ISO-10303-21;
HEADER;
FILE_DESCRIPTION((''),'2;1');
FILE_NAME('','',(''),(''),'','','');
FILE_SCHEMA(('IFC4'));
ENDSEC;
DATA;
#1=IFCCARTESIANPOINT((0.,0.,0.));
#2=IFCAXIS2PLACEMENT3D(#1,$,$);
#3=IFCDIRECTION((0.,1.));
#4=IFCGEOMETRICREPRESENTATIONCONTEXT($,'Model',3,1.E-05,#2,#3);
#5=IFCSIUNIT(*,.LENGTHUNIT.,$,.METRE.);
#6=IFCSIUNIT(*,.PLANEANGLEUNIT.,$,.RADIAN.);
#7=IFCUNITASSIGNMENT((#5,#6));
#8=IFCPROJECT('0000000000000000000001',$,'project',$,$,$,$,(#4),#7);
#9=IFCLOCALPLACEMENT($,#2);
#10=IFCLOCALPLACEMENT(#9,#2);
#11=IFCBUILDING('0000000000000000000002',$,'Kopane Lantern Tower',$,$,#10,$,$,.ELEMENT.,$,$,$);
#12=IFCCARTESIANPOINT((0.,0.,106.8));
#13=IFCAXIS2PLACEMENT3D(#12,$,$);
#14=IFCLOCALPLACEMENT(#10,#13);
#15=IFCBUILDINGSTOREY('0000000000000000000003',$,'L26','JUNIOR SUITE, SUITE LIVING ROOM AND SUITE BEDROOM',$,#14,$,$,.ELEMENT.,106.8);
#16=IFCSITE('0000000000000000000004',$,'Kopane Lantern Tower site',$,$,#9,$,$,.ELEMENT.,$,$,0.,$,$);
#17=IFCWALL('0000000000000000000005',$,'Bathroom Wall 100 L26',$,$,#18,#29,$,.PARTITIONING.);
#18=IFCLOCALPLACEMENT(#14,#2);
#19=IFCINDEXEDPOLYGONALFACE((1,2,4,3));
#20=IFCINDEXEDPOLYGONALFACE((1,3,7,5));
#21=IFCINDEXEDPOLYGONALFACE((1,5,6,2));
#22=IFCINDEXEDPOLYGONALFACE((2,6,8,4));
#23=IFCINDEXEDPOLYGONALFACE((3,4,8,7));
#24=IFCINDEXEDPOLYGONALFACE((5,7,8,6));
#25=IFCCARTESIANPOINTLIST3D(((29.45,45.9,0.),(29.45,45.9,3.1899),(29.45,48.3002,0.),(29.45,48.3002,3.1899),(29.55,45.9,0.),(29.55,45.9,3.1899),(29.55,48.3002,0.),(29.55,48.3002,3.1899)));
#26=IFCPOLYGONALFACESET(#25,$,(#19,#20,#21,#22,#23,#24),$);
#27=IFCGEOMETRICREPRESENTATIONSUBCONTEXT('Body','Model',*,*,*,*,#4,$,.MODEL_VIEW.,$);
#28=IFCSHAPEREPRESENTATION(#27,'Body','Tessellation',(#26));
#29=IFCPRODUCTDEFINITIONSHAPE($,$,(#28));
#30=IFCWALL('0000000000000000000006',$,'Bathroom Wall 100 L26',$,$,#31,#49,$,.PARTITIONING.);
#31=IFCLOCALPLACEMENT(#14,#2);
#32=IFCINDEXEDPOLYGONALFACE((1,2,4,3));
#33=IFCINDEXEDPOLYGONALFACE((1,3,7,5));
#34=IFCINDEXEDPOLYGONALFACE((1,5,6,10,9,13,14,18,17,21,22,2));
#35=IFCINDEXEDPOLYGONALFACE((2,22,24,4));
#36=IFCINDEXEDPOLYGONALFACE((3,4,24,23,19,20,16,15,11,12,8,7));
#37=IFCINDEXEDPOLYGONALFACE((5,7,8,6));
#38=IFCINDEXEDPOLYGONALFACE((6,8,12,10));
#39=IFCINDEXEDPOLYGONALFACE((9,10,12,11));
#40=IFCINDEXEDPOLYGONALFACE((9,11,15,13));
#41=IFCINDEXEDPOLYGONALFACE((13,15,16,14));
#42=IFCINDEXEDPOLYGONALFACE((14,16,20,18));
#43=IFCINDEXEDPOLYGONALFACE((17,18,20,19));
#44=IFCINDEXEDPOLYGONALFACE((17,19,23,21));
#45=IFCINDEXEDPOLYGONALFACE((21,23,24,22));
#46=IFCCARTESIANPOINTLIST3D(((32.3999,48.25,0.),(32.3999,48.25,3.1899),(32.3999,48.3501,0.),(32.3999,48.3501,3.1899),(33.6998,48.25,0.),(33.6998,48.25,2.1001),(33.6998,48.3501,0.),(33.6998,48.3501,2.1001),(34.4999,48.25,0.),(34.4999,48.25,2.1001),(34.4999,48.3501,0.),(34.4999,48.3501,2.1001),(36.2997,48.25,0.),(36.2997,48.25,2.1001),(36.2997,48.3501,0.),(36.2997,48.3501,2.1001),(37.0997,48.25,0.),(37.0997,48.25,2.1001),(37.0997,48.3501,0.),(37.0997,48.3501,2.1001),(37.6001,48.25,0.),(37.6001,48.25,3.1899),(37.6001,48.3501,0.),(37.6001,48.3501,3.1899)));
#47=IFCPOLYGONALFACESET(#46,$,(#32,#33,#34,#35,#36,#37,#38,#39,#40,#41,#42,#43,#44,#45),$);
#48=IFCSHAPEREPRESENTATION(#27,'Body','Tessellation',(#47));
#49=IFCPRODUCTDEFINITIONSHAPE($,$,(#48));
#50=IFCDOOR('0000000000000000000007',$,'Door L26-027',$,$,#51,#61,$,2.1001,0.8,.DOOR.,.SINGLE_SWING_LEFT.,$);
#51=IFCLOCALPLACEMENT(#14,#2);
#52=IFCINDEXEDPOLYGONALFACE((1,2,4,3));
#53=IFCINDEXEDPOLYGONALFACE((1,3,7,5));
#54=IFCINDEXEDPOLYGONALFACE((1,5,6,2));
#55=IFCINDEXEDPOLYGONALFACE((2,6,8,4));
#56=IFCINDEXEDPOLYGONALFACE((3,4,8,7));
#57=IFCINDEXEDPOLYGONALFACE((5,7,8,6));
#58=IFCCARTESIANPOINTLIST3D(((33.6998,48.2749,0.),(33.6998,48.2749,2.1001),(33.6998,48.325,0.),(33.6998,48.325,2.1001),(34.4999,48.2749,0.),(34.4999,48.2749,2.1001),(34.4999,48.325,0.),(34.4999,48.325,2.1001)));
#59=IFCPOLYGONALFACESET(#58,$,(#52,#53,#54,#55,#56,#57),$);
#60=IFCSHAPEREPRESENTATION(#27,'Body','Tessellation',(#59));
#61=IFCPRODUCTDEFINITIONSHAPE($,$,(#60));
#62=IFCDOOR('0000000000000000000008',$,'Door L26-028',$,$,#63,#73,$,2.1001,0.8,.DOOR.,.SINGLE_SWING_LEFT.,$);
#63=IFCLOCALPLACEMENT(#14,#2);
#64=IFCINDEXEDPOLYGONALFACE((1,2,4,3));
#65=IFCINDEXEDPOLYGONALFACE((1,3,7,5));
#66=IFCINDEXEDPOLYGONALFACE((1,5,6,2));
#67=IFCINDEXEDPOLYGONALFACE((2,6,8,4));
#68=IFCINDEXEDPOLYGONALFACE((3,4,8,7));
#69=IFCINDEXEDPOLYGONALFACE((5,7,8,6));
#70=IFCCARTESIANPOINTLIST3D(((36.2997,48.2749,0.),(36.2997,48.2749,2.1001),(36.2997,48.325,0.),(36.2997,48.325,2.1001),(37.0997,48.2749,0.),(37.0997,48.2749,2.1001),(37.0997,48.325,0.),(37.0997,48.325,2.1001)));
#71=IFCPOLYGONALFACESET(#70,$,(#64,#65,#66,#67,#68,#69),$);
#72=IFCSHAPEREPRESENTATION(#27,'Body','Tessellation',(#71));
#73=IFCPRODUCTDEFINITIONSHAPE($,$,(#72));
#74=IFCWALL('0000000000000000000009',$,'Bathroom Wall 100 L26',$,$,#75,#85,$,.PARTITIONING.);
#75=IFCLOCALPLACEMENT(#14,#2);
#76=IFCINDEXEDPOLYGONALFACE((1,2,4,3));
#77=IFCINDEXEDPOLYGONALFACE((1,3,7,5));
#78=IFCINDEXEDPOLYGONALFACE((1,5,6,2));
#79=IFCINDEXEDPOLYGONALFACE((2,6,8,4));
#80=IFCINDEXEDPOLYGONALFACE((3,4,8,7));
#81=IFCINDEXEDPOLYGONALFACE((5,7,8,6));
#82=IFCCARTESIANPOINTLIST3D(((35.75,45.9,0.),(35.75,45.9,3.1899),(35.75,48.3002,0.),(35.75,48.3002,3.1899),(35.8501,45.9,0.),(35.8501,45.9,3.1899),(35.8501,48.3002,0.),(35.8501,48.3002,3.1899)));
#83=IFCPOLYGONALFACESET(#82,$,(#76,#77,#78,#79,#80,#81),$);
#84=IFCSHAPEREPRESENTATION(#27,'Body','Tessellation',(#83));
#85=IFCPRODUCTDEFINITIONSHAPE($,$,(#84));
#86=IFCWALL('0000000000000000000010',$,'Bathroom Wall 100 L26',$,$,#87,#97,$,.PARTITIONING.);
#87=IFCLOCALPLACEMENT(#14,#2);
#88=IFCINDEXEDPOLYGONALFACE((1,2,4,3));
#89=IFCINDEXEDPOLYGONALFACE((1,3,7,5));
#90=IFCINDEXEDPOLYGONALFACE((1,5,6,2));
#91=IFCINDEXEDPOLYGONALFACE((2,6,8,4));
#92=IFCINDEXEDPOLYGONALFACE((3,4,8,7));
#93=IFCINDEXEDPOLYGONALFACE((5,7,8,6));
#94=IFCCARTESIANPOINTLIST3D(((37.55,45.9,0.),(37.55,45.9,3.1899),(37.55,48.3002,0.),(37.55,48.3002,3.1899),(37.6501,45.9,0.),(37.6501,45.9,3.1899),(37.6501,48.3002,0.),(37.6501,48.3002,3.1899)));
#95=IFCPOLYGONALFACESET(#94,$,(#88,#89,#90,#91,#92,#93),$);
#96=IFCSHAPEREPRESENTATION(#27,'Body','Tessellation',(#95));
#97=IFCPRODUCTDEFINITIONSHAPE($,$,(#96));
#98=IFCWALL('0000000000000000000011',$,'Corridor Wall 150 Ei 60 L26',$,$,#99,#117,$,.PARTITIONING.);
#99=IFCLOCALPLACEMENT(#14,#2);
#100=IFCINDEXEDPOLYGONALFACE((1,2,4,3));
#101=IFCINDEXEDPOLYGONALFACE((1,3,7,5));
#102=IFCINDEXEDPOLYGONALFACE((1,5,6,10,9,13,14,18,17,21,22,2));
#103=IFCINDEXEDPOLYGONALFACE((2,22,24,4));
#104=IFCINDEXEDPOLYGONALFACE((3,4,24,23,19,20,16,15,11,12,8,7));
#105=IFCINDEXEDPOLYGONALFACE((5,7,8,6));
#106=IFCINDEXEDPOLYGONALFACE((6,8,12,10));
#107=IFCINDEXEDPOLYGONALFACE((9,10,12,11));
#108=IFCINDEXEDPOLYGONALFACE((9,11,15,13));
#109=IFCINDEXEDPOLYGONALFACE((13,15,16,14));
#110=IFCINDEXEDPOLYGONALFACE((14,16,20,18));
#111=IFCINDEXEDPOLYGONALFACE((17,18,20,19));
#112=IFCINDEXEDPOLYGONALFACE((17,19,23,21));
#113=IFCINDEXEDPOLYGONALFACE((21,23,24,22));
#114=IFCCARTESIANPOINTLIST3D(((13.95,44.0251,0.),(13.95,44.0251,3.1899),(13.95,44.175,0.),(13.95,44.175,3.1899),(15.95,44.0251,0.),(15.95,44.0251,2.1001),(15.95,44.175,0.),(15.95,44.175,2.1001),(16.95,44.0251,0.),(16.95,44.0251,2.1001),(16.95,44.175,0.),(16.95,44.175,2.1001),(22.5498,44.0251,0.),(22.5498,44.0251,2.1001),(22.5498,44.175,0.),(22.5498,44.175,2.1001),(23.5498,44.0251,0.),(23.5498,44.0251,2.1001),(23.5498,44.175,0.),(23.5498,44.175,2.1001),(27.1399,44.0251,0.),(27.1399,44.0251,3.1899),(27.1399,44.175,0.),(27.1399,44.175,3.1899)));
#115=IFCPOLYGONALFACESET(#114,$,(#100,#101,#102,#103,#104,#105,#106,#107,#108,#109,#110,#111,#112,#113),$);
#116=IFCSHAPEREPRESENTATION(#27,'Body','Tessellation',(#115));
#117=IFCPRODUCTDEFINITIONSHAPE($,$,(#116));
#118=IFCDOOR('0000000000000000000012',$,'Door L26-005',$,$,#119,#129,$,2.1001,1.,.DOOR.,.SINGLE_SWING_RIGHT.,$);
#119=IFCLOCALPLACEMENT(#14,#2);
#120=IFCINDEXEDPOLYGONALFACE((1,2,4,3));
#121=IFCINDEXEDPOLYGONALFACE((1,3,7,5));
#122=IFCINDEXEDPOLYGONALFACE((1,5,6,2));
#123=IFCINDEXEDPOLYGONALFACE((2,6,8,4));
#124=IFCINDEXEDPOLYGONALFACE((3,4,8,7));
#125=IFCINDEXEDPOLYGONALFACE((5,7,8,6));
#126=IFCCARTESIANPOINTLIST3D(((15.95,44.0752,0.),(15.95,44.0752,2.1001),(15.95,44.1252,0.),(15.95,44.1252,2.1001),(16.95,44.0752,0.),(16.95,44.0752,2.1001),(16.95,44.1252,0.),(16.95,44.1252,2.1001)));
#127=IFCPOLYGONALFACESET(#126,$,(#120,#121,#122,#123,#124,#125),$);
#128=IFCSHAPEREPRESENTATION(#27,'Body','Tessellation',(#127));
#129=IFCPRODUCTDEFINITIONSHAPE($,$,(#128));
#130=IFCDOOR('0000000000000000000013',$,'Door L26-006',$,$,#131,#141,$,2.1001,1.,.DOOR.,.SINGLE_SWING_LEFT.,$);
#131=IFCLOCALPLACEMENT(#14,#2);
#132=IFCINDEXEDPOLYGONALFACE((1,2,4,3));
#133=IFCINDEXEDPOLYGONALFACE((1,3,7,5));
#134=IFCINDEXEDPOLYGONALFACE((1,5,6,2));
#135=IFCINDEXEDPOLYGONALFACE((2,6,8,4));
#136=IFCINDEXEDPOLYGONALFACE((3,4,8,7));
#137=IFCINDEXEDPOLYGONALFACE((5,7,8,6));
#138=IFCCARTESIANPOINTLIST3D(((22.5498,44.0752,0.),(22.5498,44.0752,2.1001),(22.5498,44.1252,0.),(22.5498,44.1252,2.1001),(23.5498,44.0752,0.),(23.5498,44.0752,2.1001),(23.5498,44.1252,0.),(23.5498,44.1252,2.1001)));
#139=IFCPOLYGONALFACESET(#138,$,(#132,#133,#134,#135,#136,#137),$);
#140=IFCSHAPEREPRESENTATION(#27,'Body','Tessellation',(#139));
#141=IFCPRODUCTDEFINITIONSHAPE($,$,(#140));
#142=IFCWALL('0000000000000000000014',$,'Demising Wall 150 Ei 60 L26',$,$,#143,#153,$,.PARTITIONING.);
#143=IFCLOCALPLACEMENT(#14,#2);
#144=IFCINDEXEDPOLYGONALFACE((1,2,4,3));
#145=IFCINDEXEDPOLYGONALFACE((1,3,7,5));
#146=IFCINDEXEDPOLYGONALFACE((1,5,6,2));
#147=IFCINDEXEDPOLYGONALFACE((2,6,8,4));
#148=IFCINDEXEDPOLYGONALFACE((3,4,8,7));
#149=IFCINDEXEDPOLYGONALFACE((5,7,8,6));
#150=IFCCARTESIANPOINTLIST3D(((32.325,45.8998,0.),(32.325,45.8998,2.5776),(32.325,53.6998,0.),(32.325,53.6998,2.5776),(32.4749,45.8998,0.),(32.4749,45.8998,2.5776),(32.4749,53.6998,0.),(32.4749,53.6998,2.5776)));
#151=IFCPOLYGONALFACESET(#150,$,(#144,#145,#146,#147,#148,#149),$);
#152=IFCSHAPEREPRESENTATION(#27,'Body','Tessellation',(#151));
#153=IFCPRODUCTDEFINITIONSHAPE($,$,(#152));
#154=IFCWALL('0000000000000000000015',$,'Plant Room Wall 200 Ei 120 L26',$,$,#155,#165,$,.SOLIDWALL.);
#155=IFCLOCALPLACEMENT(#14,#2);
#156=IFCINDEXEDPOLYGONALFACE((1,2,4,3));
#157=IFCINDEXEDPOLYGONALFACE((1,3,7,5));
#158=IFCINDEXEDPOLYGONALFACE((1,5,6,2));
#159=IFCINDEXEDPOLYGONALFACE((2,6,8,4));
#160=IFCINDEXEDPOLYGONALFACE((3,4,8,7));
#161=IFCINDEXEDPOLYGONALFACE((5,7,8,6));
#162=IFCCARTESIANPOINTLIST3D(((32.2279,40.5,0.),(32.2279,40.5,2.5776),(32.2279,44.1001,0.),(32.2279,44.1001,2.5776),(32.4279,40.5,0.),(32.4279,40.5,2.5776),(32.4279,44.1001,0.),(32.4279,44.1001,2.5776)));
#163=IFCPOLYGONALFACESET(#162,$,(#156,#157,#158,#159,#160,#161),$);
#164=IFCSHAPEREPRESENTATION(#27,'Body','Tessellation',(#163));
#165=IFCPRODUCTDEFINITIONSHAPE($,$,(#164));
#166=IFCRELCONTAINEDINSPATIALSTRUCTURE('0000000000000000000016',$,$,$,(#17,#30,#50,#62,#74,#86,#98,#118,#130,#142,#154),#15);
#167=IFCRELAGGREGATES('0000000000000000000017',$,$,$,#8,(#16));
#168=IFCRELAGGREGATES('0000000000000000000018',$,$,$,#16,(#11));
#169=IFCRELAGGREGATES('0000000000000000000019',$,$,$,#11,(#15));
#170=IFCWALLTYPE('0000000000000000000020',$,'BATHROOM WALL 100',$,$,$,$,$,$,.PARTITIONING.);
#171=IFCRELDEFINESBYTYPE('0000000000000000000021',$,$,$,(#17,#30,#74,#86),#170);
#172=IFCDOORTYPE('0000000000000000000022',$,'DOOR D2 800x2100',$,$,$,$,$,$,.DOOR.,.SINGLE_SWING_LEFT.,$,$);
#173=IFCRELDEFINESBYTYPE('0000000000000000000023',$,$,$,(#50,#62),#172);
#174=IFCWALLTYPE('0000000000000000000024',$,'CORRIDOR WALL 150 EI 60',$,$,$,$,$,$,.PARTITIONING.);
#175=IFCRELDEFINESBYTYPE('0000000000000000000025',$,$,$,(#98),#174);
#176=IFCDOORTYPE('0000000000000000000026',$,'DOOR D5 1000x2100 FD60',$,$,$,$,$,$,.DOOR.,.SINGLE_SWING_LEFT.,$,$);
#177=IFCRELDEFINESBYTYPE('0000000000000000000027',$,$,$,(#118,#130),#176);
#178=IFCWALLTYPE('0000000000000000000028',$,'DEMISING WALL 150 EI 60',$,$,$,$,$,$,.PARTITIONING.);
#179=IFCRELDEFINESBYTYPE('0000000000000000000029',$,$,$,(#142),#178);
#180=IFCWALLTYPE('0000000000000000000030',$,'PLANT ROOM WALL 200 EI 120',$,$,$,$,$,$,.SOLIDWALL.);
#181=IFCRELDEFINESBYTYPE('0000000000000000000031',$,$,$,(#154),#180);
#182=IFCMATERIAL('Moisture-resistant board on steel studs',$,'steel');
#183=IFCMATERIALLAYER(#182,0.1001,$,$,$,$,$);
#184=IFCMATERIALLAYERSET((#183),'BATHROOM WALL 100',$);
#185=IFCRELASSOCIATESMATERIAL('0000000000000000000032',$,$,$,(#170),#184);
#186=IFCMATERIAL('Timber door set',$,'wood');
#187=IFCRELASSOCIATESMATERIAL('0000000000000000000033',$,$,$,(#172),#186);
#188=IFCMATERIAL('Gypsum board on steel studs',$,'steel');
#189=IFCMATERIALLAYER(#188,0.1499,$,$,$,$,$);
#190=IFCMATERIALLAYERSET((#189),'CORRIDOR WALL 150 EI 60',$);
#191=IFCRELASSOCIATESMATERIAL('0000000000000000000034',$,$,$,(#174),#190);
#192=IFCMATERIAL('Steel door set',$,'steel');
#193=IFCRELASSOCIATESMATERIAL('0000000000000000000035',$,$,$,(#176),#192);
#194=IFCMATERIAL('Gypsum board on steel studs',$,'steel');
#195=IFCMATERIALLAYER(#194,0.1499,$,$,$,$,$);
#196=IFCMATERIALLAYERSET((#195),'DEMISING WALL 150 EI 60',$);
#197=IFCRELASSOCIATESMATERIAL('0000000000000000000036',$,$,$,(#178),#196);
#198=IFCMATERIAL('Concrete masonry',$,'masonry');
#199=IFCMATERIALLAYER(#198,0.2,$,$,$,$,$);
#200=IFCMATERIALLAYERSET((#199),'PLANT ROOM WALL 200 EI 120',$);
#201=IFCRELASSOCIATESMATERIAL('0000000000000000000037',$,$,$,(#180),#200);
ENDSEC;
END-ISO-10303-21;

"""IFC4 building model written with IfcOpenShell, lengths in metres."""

from ifc_helpers import new_model, si_unit, direction, frame, frame_2d, origin, place, context, subcontext, project, spatial, rectangle, extrude, material, layer, layer_set, type_object, element, fill, save


model = new_model("IFC4")

# Units and contexts
model_context = context("Model", 3, precision=1e-05, world=origin(), true_north=direction((0.0, 1.0)))
body_context = subcontext(model_context, "Body", "Model", "MODEL_VIEW")
ifc_project = project(units=[si_unit("LENGTHUNIT", "METRE"), si_unit("PLANEANGLEUNIT", "RADIAN")], contexts=[model_context])

# Site, building, storey
site_placement = place(None, origin())
site = spatial("IfcSite", under=ifc_project, at=site_placement, Name="Kopane Lantern Tower site", CompositionType="ELEMENT", RefElevation=0.0)
building_placement = place(site_placement, origin())
building = spatial("IfcBuilding", under=site, at=building_placement, Name="Kopane Lantern Tower", CompositionType="ELEMENT")
storey_placement = place(building_placement, frame((0.0, 0.0, 106.8)))
storey = spatial("IfcBuildingStorey", under=building, at=storey_placement, Name="L26", Description="JUNIOR SUITE, SUITE LIVING ROOM AND SUITE BEDROOM", CompositionType="ELEMENT", Elevation=106.8)

# Wall
ifc_material_1 = material(Name="Moisture-resistant board on steel studs", Category="steel")
ifc_layer_1 = layer(ifc_material_1, 0.1001)
ifc_layer_set_1 = layer_set([ifc_layer_1], Name="BATHROOM WALL 100")
wall_type_1 = type_object("IfcWallType", Name="BATHROOM WALL 100", PredefinedType="PARTITIONING", material=ifc_layer_set_1)
for number, where, z_axis, x_axis, name in (
    (1, (29.5, 45.8999, 0.0), (0.0, 0.0, 1.0), (0.0, 1.0, 0.0), "Bathroom Wall 100 L26"),
):
    element("IfcWall", number, at=place(storey_placement, frame(where, z_axis=z_axis, x_axis=x_axis)), inside=storey, type_object=wall_type_1, Name=name, PredefinedType="PARTITIONING", context=body_context, shape_type="SweptSolid", body=[
        extrude(rectangle(XDim=2.4001, YDim=0.1001, at=frame_2d((1.2002, 0.0))), origin(), (0.0, 0.0, 1.0), 3.1899),
    ])

# Wall, openings, doors
wall_1_placement = place(storey_placement, frame((32.3999, 48.3, 0.0), z_axis=(0.0, 0.0, 1.0), x_axis=(1.0, 0.0, 0.0)))
wall_1 = element("IfcWall", 2, at=wall_1_placement, inside=storey, type_object=wall_type_1, Name="Bathroom Wall 100 L26", PredefinedType="PARTITIONING", context=body_context, shape_type="SweptSolid", body=[
    extrude(rectangle(XDim=5.2002, YDim=0.1001, at=frame_2d((2.6001, 0.0))), origin(), (0.0, 0.0, 1.0), 3.1899),
])
opening_1_placement = place(wall_1_placement, frame((1.3, 0.0, 0.0)))
opening_1 = element("IfcOpeningElement", 3, at=opening_1_placement, cuts=wall_1, PredefinedType="OPENING", context=body_context, shape_type="SweptSolid", body=[
    extrude(rectangle(XDim=0.8, YDim=2.1001, at=frame_2d((0.3999, 1.05))), frame((0.0, 0.0601, 0.0), z_axis=(0.0, -1.0, 0.0), x_axis=(1.0, 0.0, 0.0)), (0.0, 0.0, 1.0), 0.1201),
])
opening_2_placement = place(wall_1_placement, frame((3.8999, 0.0, 0.0)))
opening_2 = element("IfcOpeningElement", 4, at=opening_2_placement, cuts=wall_1, PredefinedType="OPENING", context=body_context, shape_type="SweptSolid", body=[
    extrude(rectangle(XDim=0.8, YDim=2.1001, at=frame_2d((0.3999, 1.05))), frame((0.0, 0.0601, 0.0), z_axis=(0.0, -1.0, 0.0), x_axis=(1.0, 0.0, 0.0)), (0.0, 0.0, 1.0), 0.1201),
])
ifc_material_2 = material(Name="Timber door set", Category="wood")
door_type_1 = type_object("IfcDoorType", Name="DOOR D2 800x2100", OperationType="SINGLE_SWING_LEFT", PredefinedType="DOOR", material=ifc_material_2)
door_1_placement = place(opening_1_placement, origin())
door_1 = element("IfcDoor", 5, at=door_1_placement, inside=storey, type_object=door_type_1, Name="Door L26-027", OperationType="SINGLE_SWING_LEFT", OverallHeight=2.1001, OverallWidth=0.8, PredefinedType="DOOR", context=body_context, shape_type="SweptSolid", body=[
    extrude(rectangle(XDim=0.8, YDim=2.1001, at=frame_2d((0.3999, 1.05))), frame((0.0, 0.0249, 0.0), z_axis=(0.0, -1.0, 0.0), x_axis=(1.0, 0.0, 0.0)), (0.0, 0.0, 1.0), 0.05),
])
fill(opening_1, door_1)
door_2_placement = place(opening_2_placement, origin())
door_2 = element("IfcDoor", 6, at=door_2_placement, inside=storey, type_object=door_type_1, Name="Door L26-028", OperationType="SINGLE_SWING_LEFT", OverallHeight=2.1001, OverallWidth=0.8, PredefinedType="DOOR", context=body_context, shape_type="SweptSolid", body=[
    extrude(rectangle(XDim=0.8, YDim=2.1001, at=frame_2d((0.3999, 1.05))), frame((0.0, 0.0249, 0.0), z_axis=(0.0, -1.0, 0.0), x_axis=(1.0, 0.0, 0.0)), (0.0, 0.0, 1.0), 0.05),
])
fill(opening_2, door_2)

# Walls
for number, where, z_axis, x_axis, name in (
    (7, (35.8, 45.8999, 0.0), (0.0, 0.0, 1.0), (0.0, 1.0, 0.0), "Bathroom Wall 100 L26"),
    (8, (37.6001, 45.8999, 0.0), (0.0, 0.0, 1.0), (0.0, 1.0, 0.0), "Bathroom Wall 100 L26"),
):
    element("IfcWall", number, at=place(storey_placement, frame(where, z_axis=z_axis, x_axis=x_axis)), inside=storey, type_object=wall_type_1, Name=name, PredefinedType="PARTITIONING", context=body_context, shape_type="SweptSolid", body=[
        extrude(rectangle(XDim=2.4001, YDim=0.1001, at=frame_2d((1.2002, 0.0))), origin(), (0.0, 0.0, 1.0), 3.1899),
    ])

# Wall, openings, doors
ifc_material_3 = material(Name="Gypsum board on steel studs", Category="steel")
ifc_layer_2 = layer(ifc_material_3, 0.1499)
ifc_layer_set_2 = layer_set([ifc_layer_2], Name="CORRIDOR WALL 150 EI 60")
wall_type_2 = type_object("IfcWallType", Name="CORRIDOR WALL 150 EI 60", PredefinedType="PARTITIONING", material=ifc_layer_set_2)
wall_2_placement = place(storey_placement, frame((27.1399, 44.1001, 0.0), z_axis=(0.0, 0.0, 1.0), x_axis=(-1.0, 0.0, 0.0)))
wall_2 = element("IfcWall", 9, at=wall_2_placement, inside=storey, type_object=wall_type_2, Name="Corridor Wall 150 Ei 60 L26", PredefinedType="PARTITIONING", context=body_context, shape_type="SweptSolid", body=[
    extrude(rectangle(XDim=13.1899, YDim=0.1499, at=frame_2d((6.595, 0.0))), origin(), (0.0, 0.0, 1.0), 3.1899),
])
opening_3_placement = place(wall_2_placement, frame((10.1899, 0.0, 0.0)))
opening_3 = element("IfcOpeningElement", 10, at=opening_3_placement, cuts=wall_2, PredefinedType="OPENING", context=body_context, shape_type="SweptSolid", body=[
    extrude(rectangle(XDim=1.0, YDim=2.1001, at=frame_2d((0.5, 1.05))), frame((0.0, 0.085, 0.0), z_axis=(0.0, -1.0, 0.0), x_axis=(1.0, 0.0, 0.0)), (0.0, 0.0, 1.0), 0.1699),
])
opening_4_placement = place(wall_2_placement, frame((3.5901, 0.0, 0.0)))
opening_4 = element("IfcOpeningElement", 11, at=opening_4_placement, cuts=wall_2, PredefinedType="OPENING", context=body_context, shape_type="SweptSolid", body=[
    extrude(rectangle(XDim=1.0, YDim=2.1001, at=frame_2d((0.5, 1.05))), frame((0.0, 0.085, 0.0), z_axis=(0.0, -1.0, 0.0), x_axis=(1.0, 0.0, 0.0)), (0.0, 0.0, 1.0), 0.1699),
])
ifc_material_4 = material(Name="Steel door set", Category="steel")
door_type_2 = type_object("IfcDoorType", Name="DOOR D5 1000x2100 FD60", OperationType="SINGLE_SWING_LEFT", PredefinedType="DOOR", material=ifc_material_4)
door_3_placement = place(opening_3_placement, origin())
door_3 = element("IfcDoor", 12, at=door_3_placement, inside=storey, type_object=door_type_2, Name="Door L26-005", OperationType="SINGLE_SWING_RIGHT", OverallHeight=2.1001, OverallWidth=1.0, PredefinedType="DOOR", context=body_context, shape_type="SweptSolid", body=[
    extrude(rectangle(XDim=1.0, YDim=2.1001, at=frame_2d((0.5, 1.05))), frame((0.0, 0.0249, 0.0), z_axis=(0.0, -1.0, 0.0), x_axis=(1.0, 0.0, 0.0)), (0.0, 0.0, 1.0), 0.05),
])
fill(opening_3, door_3)
door_4_placement = place(opening_4_placement, origin())
door_4 = element("IfcDoor", 13, at=door_4_placement, inside=storey, type_object=door_type_2, Name="Door L26-006", OperationType="SINGLE_SWING_LEFT", OverallHeight=2.1001, OverallWidth=1.0, PredefinedType="DOOR", context=body_context, shape_type="SweptSolid", body=[
    extrude(rectangle(XDim=1.0, YDim=2.1001, at=frame_2d((0.5, 1.05))), frame((0.0, 0.0249, 0.0), z_axis=(0.0, -1.0, 0.0), x_axis=(1.0, 0.0, 0.0)), (0.0, 0.0, 1.0), 0.05),
])
fill(opening_4, door_4)

# Walls
ifc_material_5 = material(Name="Gypsum board on steel studs", Category="steel")
ifc_layer_3 = layer(ifc_material_5, 0.1499)
ifc_layer_set_3 = layer_set([ifc_layer_3], Name="DEMISING WALL 150 EI 60")
wall_type_3 = type_object("IfcWallType", Name="DEMISING WALL 150 EI 60", PredefinedType="PARTITIONING", material=ifc_layer_set_3)
wall_3_placement = place(storey_placement, frame((32.3999, 45.8999, 0.0), z_axis=(0.0, 0.0, 1.0), x_axis=(0.0, 1.0, 0.0)))
element("IfcWall", 14, at=wall_3_placement, inside=storey, type_object=wall_type_3, Name="Demising Wall 150 Ei 60 L26", PredefinedType="PARTITIONING", context=body_context, shape_type="SweptSolid", body=[
    extrude(rectangle(XDim=7.8, YDim=0.1499, at=frame_2d((3.8999, 0.0))), origin(), (0.0, 0.0, 1.0), 2.5776),
])
ifc_material_6 = material(Name="Concrete masonry", Category="masonry")
ifc_layer_4 = layer(ifc_material_6, 0.2)
ifc_layer_set_4 = layer_set([ifc_layer_4], Name="PLANT ROOM WALL 200 EI 120")
wall_type_4 = type_object("IfcWallType", Name="PLANT ROOM WALL 200 EI 120", PredefinedType="SOLIDWALL", material=ifc_layer_set_4)
wall_4_placement = place(storey_placement, frame((32.3279, 44.1001, 0.0), z_axis=(0.0, 0.0, 1.0), x_axis=(0.0, -1.0, 0.0)))
element("IfcWall", 15, at=wall_4_placement, inside=storey, type_object=wall_type_4, Name="Plant Room Wall 200 Ei 120 L26", PredefinedType="SOLIDWALL", context=body_context, shape_type="SweptSolid", body=[
    extrude(rectangle(XDim=3.6001, YDim=0.2, at=frame_2d((1.8, 0.0))), origin(), (0.0, 0.0, 1.0), 2.5776),
])

save(model, "model.ifc")
